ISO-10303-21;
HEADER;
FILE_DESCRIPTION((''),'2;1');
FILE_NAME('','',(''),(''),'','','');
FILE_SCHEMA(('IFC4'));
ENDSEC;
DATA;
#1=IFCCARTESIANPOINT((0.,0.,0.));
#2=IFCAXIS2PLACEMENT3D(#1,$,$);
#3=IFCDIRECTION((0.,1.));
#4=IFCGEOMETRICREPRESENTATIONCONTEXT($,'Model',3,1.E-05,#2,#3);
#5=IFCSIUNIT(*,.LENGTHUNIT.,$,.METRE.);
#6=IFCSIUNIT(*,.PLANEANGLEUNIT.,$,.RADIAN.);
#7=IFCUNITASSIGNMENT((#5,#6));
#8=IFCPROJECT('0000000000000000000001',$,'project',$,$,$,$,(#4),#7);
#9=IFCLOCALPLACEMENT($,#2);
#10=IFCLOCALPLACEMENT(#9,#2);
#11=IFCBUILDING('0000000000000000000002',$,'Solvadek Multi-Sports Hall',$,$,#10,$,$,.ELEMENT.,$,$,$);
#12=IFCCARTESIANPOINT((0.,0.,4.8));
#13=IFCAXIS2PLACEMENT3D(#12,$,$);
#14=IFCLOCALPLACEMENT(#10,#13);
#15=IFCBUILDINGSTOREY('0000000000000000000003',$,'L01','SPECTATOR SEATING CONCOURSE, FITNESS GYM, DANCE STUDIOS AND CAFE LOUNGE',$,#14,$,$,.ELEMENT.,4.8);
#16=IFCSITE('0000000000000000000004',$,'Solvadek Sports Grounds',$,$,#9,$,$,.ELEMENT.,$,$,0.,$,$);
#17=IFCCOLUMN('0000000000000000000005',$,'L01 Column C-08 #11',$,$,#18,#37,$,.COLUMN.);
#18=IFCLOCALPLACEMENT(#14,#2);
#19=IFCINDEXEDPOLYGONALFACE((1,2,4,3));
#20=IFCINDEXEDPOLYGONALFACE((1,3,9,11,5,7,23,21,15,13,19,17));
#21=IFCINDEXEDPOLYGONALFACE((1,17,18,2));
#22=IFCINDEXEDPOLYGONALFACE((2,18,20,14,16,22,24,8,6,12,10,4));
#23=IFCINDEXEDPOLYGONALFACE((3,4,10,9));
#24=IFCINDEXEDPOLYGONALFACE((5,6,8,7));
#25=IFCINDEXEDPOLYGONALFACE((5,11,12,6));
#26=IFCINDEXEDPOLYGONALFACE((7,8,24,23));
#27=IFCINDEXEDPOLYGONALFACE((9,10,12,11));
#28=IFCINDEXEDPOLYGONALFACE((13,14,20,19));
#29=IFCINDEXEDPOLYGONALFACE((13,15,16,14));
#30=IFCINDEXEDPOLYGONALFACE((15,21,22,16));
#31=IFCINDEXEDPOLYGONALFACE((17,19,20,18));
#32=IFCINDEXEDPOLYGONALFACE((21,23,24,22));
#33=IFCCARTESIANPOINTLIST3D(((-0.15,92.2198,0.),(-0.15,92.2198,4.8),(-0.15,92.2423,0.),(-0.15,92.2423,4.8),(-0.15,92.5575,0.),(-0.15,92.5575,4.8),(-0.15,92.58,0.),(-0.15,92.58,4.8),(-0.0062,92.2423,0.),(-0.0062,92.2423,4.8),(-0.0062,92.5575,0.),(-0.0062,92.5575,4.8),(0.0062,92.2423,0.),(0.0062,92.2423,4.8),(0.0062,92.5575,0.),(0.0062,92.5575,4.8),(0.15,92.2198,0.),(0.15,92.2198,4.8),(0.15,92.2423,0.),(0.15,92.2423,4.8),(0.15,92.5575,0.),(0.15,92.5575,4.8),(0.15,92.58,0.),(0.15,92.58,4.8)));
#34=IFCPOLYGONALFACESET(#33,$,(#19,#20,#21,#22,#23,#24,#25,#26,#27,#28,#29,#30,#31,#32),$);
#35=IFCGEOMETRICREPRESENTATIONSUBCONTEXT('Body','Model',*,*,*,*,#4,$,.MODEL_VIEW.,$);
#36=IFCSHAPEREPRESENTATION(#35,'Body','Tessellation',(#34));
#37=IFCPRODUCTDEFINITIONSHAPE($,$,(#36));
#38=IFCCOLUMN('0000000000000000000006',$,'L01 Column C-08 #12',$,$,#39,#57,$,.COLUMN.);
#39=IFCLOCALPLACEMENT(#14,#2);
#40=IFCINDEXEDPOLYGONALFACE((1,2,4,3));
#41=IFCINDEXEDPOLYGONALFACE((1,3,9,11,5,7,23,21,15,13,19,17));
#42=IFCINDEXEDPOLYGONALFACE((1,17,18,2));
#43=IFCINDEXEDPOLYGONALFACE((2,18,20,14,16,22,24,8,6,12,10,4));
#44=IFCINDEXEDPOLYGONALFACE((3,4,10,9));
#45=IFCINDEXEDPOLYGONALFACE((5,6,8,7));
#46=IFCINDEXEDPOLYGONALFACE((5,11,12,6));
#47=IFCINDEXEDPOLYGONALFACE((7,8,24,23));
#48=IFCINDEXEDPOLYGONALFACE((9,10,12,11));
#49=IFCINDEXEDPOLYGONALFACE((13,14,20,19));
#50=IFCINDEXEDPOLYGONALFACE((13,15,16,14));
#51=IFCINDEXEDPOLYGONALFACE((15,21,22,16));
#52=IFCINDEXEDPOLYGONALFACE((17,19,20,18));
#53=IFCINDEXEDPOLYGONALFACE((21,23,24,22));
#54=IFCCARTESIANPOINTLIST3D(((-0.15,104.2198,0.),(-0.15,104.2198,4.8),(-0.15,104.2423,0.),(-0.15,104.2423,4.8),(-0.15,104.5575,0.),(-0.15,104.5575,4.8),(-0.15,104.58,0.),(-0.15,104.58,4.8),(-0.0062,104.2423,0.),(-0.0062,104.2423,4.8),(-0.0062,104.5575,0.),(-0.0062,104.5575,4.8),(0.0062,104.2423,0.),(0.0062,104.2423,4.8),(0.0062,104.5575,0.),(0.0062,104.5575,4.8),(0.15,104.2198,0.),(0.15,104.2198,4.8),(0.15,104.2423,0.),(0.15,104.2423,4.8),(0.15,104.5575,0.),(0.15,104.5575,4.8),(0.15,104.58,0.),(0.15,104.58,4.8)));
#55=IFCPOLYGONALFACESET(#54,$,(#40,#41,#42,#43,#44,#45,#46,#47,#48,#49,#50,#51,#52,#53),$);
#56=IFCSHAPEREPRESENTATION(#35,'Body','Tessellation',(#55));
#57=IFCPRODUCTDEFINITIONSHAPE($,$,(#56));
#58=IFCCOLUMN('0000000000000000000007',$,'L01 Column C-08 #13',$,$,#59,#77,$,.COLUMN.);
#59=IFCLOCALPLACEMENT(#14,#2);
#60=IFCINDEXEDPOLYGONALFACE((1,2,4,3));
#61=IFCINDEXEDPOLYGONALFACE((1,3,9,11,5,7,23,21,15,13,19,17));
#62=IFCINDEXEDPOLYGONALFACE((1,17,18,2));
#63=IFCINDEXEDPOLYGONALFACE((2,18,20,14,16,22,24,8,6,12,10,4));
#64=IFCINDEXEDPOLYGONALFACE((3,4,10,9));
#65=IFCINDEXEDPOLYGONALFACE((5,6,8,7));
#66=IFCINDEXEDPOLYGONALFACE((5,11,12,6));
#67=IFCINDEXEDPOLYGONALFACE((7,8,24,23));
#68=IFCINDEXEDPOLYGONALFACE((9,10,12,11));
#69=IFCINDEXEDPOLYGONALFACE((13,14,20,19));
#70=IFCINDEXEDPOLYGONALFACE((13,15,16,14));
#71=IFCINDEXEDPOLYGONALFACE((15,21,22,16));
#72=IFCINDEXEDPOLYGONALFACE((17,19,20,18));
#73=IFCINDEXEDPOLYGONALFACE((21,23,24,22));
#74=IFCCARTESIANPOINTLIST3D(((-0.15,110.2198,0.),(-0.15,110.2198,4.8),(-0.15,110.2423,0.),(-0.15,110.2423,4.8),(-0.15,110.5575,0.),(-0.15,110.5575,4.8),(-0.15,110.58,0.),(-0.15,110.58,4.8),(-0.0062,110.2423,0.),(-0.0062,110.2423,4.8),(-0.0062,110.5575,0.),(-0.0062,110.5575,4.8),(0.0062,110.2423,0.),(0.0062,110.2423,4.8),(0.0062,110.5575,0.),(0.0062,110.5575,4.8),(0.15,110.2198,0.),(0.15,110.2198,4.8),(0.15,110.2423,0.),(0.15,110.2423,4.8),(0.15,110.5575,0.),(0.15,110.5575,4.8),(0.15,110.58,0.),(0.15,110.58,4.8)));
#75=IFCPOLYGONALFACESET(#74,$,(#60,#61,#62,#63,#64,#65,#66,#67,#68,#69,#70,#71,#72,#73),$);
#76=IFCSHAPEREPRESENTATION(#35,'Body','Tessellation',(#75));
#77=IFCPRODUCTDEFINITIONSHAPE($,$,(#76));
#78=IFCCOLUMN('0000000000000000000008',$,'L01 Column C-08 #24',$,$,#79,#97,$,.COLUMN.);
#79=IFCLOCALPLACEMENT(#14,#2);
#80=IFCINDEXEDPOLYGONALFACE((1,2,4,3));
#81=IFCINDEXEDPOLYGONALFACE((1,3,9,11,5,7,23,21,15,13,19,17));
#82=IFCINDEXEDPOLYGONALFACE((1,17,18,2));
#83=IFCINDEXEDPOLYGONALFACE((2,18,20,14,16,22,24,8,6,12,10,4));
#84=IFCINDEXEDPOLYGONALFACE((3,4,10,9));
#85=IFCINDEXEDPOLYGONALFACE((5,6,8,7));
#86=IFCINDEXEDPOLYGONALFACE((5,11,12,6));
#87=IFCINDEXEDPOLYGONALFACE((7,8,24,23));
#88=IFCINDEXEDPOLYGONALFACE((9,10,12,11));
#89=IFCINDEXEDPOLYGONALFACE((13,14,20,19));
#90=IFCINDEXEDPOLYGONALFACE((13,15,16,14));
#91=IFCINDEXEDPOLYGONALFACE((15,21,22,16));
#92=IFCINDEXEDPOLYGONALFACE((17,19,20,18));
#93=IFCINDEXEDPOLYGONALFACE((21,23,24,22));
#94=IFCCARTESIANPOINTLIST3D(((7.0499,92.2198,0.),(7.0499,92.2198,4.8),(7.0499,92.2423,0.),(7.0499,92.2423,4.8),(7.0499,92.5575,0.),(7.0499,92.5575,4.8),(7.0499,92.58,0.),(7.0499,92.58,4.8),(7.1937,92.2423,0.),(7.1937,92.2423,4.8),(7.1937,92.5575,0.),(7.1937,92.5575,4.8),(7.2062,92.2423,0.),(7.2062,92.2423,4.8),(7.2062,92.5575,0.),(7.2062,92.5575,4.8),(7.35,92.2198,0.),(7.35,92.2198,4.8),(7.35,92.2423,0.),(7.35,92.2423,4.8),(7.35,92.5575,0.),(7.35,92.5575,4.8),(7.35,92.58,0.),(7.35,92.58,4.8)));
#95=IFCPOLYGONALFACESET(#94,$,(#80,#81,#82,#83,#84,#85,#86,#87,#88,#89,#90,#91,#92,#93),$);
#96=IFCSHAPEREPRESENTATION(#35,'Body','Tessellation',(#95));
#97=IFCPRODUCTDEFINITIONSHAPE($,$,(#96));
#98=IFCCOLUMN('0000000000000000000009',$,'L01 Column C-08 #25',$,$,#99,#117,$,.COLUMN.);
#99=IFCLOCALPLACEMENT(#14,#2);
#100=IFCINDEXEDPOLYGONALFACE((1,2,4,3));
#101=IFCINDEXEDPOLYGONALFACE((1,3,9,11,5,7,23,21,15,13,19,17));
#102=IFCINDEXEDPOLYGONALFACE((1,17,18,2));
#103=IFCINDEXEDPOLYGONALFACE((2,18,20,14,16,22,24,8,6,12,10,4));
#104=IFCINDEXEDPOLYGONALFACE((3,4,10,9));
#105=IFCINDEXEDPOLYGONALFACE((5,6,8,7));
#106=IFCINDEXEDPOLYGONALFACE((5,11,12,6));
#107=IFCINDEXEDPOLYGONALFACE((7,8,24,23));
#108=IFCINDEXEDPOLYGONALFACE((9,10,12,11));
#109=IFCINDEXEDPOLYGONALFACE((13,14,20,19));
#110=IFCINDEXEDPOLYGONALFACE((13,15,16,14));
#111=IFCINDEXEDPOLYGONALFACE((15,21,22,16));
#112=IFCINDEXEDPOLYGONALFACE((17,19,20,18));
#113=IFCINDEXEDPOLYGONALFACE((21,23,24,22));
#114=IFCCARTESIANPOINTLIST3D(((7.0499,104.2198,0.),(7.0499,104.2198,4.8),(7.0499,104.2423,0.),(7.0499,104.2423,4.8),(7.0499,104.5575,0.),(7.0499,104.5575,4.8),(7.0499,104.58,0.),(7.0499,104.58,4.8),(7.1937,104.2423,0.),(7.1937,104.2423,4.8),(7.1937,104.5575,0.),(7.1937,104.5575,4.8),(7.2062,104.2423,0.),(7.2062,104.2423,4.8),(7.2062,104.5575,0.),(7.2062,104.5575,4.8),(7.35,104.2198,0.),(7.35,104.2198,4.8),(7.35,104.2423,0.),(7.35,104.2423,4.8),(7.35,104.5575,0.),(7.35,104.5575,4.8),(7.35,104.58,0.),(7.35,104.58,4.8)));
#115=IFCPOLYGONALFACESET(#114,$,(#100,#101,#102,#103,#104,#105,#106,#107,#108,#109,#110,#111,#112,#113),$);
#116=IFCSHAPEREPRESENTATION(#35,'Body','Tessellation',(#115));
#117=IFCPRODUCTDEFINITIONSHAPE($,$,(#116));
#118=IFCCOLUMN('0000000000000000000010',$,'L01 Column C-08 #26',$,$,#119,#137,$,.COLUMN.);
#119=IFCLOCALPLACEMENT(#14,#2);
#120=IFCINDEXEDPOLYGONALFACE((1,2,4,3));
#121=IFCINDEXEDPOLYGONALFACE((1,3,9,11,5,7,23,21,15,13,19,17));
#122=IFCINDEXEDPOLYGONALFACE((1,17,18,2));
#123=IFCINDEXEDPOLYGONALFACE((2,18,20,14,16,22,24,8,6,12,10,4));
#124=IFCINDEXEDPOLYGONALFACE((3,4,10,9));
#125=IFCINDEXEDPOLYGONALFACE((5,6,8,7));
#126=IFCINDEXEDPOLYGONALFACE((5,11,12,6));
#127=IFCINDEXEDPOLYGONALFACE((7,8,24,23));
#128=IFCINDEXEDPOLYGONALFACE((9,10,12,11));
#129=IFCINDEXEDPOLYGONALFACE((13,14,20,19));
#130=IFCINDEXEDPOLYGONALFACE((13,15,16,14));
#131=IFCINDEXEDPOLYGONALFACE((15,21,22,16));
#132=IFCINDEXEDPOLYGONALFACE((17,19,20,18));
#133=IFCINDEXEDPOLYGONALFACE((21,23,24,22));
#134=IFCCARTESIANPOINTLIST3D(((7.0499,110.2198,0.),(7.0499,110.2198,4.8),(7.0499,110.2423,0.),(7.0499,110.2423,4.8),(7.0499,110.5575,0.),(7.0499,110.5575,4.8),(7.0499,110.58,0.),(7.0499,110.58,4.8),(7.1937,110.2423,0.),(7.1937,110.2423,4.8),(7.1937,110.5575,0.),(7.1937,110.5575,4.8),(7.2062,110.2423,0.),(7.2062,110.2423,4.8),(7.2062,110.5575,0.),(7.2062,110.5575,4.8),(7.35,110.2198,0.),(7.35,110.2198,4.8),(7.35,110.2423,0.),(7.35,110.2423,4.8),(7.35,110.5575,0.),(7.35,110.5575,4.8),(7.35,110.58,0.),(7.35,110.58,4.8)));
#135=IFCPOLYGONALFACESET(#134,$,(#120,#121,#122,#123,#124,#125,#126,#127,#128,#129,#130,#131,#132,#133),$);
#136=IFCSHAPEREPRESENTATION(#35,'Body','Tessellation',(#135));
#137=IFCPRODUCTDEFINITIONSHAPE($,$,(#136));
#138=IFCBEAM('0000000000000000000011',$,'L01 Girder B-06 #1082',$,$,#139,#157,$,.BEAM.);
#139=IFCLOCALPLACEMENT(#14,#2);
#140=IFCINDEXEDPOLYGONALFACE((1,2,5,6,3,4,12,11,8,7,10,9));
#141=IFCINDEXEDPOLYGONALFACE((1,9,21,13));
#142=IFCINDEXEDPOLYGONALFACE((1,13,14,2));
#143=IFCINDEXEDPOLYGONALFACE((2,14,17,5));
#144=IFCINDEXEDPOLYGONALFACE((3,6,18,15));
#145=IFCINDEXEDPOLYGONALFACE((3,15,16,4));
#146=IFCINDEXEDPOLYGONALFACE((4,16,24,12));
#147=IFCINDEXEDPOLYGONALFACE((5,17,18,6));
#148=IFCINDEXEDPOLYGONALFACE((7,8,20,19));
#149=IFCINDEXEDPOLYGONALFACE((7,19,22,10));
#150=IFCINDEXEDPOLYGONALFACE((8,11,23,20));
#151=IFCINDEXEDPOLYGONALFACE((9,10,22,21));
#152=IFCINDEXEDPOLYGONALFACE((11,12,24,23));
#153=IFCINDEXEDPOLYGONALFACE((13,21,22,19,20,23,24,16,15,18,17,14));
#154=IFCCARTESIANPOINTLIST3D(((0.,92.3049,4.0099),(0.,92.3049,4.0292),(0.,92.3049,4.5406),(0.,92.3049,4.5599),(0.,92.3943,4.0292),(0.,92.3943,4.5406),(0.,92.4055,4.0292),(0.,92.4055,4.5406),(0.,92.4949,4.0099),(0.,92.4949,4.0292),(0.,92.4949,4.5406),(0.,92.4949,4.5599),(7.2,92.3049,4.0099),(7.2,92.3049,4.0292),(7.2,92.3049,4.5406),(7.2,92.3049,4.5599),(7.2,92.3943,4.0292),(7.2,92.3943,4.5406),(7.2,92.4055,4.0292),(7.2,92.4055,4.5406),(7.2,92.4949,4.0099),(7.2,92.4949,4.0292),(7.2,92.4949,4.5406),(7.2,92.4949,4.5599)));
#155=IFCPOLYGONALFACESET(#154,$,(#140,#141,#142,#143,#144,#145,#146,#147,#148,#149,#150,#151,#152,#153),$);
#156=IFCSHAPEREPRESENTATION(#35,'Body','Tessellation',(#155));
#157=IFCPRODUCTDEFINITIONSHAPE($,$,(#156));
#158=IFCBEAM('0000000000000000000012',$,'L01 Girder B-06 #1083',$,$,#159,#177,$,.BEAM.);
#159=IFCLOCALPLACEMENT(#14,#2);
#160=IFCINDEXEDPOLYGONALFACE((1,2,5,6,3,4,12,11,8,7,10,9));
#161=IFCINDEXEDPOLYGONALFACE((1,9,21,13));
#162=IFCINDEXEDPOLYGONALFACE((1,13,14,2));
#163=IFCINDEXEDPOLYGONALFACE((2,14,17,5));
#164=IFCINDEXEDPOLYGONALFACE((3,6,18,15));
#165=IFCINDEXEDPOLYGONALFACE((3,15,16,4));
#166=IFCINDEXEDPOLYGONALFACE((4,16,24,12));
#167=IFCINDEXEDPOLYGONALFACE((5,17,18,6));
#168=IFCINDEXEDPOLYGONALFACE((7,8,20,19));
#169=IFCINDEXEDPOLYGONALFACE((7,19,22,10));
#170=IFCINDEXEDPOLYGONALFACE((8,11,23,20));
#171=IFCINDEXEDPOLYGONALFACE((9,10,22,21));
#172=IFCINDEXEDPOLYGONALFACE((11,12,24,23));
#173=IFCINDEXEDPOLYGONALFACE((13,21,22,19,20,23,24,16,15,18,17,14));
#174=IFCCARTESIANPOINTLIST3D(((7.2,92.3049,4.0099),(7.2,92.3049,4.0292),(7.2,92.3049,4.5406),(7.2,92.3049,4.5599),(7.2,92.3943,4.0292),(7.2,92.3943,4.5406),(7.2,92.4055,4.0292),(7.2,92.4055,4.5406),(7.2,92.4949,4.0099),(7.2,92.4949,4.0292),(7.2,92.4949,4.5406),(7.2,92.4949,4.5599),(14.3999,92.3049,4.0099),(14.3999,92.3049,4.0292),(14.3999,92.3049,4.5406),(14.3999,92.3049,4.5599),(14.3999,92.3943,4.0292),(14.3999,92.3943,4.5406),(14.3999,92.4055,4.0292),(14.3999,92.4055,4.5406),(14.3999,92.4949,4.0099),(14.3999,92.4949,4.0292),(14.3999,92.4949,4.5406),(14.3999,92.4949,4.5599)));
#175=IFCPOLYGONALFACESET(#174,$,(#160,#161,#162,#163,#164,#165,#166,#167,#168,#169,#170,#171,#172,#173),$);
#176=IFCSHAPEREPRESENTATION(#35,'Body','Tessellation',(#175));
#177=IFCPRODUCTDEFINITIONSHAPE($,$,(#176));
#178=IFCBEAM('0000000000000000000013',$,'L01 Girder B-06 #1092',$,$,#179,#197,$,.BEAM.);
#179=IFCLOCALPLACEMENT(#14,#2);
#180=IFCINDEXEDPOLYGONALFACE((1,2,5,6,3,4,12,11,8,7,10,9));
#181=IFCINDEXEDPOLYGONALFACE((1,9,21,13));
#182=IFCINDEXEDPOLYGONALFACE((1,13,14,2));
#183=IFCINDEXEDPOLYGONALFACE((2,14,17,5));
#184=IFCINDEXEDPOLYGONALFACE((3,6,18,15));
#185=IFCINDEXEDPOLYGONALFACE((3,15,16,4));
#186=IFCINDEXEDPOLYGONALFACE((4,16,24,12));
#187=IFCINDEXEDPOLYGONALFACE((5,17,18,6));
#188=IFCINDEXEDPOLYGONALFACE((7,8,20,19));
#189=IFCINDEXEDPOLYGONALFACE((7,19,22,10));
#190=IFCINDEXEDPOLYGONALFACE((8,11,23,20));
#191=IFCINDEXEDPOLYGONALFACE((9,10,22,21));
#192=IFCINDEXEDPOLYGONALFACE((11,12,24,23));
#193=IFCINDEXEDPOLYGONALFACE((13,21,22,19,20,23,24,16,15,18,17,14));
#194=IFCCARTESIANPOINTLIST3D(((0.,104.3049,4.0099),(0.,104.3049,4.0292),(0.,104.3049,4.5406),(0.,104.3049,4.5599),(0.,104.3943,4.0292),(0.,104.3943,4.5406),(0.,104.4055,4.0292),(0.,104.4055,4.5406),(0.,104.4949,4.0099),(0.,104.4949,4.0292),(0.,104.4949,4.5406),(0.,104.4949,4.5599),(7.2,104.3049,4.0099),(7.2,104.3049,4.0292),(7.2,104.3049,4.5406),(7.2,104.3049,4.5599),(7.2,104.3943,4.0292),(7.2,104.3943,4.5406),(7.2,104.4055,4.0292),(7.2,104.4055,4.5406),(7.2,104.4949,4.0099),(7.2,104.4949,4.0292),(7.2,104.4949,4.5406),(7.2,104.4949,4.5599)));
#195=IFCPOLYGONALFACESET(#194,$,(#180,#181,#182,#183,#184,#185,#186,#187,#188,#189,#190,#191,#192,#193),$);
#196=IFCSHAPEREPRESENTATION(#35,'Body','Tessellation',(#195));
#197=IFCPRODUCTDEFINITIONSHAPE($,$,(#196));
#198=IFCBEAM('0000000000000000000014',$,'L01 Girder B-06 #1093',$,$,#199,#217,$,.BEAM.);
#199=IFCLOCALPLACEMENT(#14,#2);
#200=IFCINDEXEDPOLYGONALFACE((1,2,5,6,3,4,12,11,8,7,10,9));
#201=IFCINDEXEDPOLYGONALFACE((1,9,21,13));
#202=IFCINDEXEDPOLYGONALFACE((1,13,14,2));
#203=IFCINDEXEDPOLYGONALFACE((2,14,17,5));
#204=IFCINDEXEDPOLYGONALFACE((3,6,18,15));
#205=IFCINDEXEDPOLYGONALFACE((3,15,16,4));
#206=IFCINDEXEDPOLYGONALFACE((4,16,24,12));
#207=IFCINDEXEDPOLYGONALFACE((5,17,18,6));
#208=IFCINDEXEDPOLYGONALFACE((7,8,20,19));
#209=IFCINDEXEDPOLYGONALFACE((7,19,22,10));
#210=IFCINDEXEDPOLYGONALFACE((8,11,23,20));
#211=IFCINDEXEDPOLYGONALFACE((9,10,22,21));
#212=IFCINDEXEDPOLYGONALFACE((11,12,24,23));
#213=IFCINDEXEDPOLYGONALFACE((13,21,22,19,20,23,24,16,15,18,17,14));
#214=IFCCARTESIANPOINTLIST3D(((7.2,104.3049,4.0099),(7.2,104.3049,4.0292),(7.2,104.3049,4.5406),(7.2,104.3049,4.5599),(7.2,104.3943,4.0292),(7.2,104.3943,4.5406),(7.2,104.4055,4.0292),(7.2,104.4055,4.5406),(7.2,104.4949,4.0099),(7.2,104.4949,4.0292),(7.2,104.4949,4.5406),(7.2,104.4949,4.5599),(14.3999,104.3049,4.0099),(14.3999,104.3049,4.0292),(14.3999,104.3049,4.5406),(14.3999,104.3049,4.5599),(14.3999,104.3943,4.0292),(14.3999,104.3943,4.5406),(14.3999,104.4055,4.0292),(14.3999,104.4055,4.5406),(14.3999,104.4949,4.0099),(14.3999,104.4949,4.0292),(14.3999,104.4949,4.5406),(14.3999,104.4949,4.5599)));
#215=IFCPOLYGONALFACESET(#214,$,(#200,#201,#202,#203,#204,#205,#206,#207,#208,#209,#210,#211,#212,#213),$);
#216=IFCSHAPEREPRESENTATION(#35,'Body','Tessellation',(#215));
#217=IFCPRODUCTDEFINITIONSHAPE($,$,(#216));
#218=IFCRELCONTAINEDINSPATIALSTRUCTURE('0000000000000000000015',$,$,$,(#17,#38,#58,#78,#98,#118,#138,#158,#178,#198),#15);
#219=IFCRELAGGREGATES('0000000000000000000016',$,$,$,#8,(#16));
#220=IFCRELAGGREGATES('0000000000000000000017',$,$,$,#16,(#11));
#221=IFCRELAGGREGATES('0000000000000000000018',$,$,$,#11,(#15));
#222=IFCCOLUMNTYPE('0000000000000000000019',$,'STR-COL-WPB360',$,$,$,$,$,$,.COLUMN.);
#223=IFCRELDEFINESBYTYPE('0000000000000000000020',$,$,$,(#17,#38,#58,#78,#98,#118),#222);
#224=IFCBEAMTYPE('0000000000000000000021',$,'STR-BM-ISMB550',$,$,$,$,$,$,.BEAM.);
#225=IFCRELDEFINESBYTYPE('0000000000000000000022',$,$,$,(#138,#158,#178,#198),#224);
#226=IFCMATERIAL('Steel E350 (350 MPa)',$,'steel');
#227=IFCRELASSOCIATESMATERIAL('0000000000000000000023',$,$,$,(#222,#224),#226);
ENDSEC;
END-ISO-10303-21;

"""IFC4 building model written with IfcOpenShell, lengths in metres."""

from ifc_helpers import new_model, si_unit, direction, frame, origin, origin_2d, place, context, subcontext, project, spatial, i_section, extrude, material, material_profile, profile_set, type_object, element, save


model = new_model("IFC4")

# Units and contexts
model_context = context("Model", 3, precision=1e-05, world=origin(), true_north=direction((0.0, 1.0)))
body_context = subcontext(model_context, "Body", "Model", "MODEL_VIEW")
ifc_project = project(units=[si_unit("LENGTHUNIT", "METRE"), si_unit("PLANEANGLEUNIT", "RADIAN")], contexts=[model_context])

# Site, building, storey
site_placement = place(None, origin())
site = spatial("IfcSite", under=ifc_project, at=site_placement, Name="Solvadek Sports Grounds", CompositionType="ELEMENT", RefElevation=0.0)
building_placement = place(site_placement, origin())
building = spatial("IfcBuilding", under=site, at=building_placement, Name="Solvadek Multi-Sports Hall", CompositionType="ELEMENT")
storey_placement = place(building_placement, frame((0.0, 0.0, 4.8)))
storey = spatial("IfcBuildingStorey", under=building, at=storey_placement, Name="L01", Description="SPECTATOR SEATING CONCOURSE, FITNESS GYM, DANCE STUDIOS AND CAFE LOUNGE", CompositionType="ELEMENT", Elevation=4.8)

# Columns
ifc_material_1 = material(Name="Steel E350 (350 MPa)", Category="steel")
ifc_material_profile_1 = material_profile(ifc_material_1, i_section(OverallWidth=0.3, OverallDepth=0.3601, WebThickness=0.0125, FlangeThickness=0.0225, at=origin_2d()), Name="WPB 360")
ifc_profile_set_1 = profile_set([ifc_material_profile_1], Name="Steel E350 (350 MPa)")
column_type = type_object("IfcColumnType", Name="STR-COL-WPB360", PredefinedType="COLUMN", material=ifc_profile_set_1)
for number, where, z_axis, x_axis, name in (
    (1, (0.0, 92.3999, 0.0), (0.0, 0.0, 1.0), (1.0, 0.0, 0.0), "L01 Column C-08 #11"),
    (2, (0.0, 104.3999, 0.0), (0.0, 0.0, 1.0), (1.0, 0.0, 0.0), "L01 Column C-08 #12"),
    (3, (0.0, 110.3999, 0.0), (0.0, 0.0, 1.0), (1.0, 0.0, 0.0), "L01 Column C-08 #13"),
    (4, (7.2, 92.3999, 0.0), (0.0, 0.0, 1.0), (1.0, 0.0, 0.0), "L01 Column C-08 #24"),
    (5, (7.2, 104.3999, 0.0), (0.0, 0.0, 1.0), (1.0, 0.0, 0.0), "L01 Column C-08 #25"),
    (6, (7.2, 110.3999, 0.0), (0.0, 0.0, 1.0), (1.0, 0.0, 0.0), "L01 Column C-08 #26"),
):
    element("IfcColumn", number, at=place(storey_placement, frame(where, z_axis=z_axis, x_axis=x_axis)), inside=storey, type_object=column_type, Name=name, PredefinedType="COLUMN", context=body_context, shape_type="SweptSolid", body=[
        extrude(i_section(OverallWidth=0.3, OverallDepth=0.3601, WebThickness=0.0125, FlangeThickness=0.0225, at=origin_2d()), origin(), (0.0, 0.0, 1.0), 4.8),
    ])

# Beams
ifc_material_profile_2 = material_profile(ifc_material_1, i_section(OverallWidth=0.1899, OverallDepth=0.55, WebThickness=0.0112, FlangeThickness=0.0193, at=origin_2d()), Name="ISMB 550")
ifc_profile_set_2 = profile_set([ifc_material_profile_2], Name="Steel E350 (350 MPa)")
beam_type_1 = type_object("IfcBeamType", Name="STR-BM-ISMB550", PredefinedType="BEAM", material=ifc_profile_set_2)
for number, where, z_axis, x_axis, name in (
    (7, (0.0, 92.3999, 4.2849), (1.0, 0.0, 0.0), (0.0, 1.0, 0.0), "L01 Girder B-06 #1082"),
    (8, (7.2, 92.3999, 4.2849), (1.0, 0.0, 0.0), (0.0, 1.0, 0.0), "L01 Girder B-06 #1083"),
    (9, (0.0, 104.3999, 4.2849), (1.0, 0.0, 0.0), (0.0, 1.0, 0.0), "L01 Girder B-06 #1092"),
    (10, (7.2, 104.3999, 4.2849), (1.0, 0.0, 0.0), (0.0, 1.0, 0.0), "L01 Girder B-06 #1093"),
):
    element("IfcBeam", number, at=place(storey_placement, frame(where, z_axis=z_axis, x_axis=x_axis)), inside=storey, type_object=beam_type_1, Name=name, PredefinedType="BEAM", context=body_context, shape_type="SweptSolid", body=[
        extrude(i_section(OverallWidth=0.1899, OverallDepth=0.55, WebThickness=0.0112, FlangeThickness=0.0193, at=origin_2d()), origin(), (0.0, 0.0, 1.0), 7.2),
    ])

save(model, "model.ifc")
